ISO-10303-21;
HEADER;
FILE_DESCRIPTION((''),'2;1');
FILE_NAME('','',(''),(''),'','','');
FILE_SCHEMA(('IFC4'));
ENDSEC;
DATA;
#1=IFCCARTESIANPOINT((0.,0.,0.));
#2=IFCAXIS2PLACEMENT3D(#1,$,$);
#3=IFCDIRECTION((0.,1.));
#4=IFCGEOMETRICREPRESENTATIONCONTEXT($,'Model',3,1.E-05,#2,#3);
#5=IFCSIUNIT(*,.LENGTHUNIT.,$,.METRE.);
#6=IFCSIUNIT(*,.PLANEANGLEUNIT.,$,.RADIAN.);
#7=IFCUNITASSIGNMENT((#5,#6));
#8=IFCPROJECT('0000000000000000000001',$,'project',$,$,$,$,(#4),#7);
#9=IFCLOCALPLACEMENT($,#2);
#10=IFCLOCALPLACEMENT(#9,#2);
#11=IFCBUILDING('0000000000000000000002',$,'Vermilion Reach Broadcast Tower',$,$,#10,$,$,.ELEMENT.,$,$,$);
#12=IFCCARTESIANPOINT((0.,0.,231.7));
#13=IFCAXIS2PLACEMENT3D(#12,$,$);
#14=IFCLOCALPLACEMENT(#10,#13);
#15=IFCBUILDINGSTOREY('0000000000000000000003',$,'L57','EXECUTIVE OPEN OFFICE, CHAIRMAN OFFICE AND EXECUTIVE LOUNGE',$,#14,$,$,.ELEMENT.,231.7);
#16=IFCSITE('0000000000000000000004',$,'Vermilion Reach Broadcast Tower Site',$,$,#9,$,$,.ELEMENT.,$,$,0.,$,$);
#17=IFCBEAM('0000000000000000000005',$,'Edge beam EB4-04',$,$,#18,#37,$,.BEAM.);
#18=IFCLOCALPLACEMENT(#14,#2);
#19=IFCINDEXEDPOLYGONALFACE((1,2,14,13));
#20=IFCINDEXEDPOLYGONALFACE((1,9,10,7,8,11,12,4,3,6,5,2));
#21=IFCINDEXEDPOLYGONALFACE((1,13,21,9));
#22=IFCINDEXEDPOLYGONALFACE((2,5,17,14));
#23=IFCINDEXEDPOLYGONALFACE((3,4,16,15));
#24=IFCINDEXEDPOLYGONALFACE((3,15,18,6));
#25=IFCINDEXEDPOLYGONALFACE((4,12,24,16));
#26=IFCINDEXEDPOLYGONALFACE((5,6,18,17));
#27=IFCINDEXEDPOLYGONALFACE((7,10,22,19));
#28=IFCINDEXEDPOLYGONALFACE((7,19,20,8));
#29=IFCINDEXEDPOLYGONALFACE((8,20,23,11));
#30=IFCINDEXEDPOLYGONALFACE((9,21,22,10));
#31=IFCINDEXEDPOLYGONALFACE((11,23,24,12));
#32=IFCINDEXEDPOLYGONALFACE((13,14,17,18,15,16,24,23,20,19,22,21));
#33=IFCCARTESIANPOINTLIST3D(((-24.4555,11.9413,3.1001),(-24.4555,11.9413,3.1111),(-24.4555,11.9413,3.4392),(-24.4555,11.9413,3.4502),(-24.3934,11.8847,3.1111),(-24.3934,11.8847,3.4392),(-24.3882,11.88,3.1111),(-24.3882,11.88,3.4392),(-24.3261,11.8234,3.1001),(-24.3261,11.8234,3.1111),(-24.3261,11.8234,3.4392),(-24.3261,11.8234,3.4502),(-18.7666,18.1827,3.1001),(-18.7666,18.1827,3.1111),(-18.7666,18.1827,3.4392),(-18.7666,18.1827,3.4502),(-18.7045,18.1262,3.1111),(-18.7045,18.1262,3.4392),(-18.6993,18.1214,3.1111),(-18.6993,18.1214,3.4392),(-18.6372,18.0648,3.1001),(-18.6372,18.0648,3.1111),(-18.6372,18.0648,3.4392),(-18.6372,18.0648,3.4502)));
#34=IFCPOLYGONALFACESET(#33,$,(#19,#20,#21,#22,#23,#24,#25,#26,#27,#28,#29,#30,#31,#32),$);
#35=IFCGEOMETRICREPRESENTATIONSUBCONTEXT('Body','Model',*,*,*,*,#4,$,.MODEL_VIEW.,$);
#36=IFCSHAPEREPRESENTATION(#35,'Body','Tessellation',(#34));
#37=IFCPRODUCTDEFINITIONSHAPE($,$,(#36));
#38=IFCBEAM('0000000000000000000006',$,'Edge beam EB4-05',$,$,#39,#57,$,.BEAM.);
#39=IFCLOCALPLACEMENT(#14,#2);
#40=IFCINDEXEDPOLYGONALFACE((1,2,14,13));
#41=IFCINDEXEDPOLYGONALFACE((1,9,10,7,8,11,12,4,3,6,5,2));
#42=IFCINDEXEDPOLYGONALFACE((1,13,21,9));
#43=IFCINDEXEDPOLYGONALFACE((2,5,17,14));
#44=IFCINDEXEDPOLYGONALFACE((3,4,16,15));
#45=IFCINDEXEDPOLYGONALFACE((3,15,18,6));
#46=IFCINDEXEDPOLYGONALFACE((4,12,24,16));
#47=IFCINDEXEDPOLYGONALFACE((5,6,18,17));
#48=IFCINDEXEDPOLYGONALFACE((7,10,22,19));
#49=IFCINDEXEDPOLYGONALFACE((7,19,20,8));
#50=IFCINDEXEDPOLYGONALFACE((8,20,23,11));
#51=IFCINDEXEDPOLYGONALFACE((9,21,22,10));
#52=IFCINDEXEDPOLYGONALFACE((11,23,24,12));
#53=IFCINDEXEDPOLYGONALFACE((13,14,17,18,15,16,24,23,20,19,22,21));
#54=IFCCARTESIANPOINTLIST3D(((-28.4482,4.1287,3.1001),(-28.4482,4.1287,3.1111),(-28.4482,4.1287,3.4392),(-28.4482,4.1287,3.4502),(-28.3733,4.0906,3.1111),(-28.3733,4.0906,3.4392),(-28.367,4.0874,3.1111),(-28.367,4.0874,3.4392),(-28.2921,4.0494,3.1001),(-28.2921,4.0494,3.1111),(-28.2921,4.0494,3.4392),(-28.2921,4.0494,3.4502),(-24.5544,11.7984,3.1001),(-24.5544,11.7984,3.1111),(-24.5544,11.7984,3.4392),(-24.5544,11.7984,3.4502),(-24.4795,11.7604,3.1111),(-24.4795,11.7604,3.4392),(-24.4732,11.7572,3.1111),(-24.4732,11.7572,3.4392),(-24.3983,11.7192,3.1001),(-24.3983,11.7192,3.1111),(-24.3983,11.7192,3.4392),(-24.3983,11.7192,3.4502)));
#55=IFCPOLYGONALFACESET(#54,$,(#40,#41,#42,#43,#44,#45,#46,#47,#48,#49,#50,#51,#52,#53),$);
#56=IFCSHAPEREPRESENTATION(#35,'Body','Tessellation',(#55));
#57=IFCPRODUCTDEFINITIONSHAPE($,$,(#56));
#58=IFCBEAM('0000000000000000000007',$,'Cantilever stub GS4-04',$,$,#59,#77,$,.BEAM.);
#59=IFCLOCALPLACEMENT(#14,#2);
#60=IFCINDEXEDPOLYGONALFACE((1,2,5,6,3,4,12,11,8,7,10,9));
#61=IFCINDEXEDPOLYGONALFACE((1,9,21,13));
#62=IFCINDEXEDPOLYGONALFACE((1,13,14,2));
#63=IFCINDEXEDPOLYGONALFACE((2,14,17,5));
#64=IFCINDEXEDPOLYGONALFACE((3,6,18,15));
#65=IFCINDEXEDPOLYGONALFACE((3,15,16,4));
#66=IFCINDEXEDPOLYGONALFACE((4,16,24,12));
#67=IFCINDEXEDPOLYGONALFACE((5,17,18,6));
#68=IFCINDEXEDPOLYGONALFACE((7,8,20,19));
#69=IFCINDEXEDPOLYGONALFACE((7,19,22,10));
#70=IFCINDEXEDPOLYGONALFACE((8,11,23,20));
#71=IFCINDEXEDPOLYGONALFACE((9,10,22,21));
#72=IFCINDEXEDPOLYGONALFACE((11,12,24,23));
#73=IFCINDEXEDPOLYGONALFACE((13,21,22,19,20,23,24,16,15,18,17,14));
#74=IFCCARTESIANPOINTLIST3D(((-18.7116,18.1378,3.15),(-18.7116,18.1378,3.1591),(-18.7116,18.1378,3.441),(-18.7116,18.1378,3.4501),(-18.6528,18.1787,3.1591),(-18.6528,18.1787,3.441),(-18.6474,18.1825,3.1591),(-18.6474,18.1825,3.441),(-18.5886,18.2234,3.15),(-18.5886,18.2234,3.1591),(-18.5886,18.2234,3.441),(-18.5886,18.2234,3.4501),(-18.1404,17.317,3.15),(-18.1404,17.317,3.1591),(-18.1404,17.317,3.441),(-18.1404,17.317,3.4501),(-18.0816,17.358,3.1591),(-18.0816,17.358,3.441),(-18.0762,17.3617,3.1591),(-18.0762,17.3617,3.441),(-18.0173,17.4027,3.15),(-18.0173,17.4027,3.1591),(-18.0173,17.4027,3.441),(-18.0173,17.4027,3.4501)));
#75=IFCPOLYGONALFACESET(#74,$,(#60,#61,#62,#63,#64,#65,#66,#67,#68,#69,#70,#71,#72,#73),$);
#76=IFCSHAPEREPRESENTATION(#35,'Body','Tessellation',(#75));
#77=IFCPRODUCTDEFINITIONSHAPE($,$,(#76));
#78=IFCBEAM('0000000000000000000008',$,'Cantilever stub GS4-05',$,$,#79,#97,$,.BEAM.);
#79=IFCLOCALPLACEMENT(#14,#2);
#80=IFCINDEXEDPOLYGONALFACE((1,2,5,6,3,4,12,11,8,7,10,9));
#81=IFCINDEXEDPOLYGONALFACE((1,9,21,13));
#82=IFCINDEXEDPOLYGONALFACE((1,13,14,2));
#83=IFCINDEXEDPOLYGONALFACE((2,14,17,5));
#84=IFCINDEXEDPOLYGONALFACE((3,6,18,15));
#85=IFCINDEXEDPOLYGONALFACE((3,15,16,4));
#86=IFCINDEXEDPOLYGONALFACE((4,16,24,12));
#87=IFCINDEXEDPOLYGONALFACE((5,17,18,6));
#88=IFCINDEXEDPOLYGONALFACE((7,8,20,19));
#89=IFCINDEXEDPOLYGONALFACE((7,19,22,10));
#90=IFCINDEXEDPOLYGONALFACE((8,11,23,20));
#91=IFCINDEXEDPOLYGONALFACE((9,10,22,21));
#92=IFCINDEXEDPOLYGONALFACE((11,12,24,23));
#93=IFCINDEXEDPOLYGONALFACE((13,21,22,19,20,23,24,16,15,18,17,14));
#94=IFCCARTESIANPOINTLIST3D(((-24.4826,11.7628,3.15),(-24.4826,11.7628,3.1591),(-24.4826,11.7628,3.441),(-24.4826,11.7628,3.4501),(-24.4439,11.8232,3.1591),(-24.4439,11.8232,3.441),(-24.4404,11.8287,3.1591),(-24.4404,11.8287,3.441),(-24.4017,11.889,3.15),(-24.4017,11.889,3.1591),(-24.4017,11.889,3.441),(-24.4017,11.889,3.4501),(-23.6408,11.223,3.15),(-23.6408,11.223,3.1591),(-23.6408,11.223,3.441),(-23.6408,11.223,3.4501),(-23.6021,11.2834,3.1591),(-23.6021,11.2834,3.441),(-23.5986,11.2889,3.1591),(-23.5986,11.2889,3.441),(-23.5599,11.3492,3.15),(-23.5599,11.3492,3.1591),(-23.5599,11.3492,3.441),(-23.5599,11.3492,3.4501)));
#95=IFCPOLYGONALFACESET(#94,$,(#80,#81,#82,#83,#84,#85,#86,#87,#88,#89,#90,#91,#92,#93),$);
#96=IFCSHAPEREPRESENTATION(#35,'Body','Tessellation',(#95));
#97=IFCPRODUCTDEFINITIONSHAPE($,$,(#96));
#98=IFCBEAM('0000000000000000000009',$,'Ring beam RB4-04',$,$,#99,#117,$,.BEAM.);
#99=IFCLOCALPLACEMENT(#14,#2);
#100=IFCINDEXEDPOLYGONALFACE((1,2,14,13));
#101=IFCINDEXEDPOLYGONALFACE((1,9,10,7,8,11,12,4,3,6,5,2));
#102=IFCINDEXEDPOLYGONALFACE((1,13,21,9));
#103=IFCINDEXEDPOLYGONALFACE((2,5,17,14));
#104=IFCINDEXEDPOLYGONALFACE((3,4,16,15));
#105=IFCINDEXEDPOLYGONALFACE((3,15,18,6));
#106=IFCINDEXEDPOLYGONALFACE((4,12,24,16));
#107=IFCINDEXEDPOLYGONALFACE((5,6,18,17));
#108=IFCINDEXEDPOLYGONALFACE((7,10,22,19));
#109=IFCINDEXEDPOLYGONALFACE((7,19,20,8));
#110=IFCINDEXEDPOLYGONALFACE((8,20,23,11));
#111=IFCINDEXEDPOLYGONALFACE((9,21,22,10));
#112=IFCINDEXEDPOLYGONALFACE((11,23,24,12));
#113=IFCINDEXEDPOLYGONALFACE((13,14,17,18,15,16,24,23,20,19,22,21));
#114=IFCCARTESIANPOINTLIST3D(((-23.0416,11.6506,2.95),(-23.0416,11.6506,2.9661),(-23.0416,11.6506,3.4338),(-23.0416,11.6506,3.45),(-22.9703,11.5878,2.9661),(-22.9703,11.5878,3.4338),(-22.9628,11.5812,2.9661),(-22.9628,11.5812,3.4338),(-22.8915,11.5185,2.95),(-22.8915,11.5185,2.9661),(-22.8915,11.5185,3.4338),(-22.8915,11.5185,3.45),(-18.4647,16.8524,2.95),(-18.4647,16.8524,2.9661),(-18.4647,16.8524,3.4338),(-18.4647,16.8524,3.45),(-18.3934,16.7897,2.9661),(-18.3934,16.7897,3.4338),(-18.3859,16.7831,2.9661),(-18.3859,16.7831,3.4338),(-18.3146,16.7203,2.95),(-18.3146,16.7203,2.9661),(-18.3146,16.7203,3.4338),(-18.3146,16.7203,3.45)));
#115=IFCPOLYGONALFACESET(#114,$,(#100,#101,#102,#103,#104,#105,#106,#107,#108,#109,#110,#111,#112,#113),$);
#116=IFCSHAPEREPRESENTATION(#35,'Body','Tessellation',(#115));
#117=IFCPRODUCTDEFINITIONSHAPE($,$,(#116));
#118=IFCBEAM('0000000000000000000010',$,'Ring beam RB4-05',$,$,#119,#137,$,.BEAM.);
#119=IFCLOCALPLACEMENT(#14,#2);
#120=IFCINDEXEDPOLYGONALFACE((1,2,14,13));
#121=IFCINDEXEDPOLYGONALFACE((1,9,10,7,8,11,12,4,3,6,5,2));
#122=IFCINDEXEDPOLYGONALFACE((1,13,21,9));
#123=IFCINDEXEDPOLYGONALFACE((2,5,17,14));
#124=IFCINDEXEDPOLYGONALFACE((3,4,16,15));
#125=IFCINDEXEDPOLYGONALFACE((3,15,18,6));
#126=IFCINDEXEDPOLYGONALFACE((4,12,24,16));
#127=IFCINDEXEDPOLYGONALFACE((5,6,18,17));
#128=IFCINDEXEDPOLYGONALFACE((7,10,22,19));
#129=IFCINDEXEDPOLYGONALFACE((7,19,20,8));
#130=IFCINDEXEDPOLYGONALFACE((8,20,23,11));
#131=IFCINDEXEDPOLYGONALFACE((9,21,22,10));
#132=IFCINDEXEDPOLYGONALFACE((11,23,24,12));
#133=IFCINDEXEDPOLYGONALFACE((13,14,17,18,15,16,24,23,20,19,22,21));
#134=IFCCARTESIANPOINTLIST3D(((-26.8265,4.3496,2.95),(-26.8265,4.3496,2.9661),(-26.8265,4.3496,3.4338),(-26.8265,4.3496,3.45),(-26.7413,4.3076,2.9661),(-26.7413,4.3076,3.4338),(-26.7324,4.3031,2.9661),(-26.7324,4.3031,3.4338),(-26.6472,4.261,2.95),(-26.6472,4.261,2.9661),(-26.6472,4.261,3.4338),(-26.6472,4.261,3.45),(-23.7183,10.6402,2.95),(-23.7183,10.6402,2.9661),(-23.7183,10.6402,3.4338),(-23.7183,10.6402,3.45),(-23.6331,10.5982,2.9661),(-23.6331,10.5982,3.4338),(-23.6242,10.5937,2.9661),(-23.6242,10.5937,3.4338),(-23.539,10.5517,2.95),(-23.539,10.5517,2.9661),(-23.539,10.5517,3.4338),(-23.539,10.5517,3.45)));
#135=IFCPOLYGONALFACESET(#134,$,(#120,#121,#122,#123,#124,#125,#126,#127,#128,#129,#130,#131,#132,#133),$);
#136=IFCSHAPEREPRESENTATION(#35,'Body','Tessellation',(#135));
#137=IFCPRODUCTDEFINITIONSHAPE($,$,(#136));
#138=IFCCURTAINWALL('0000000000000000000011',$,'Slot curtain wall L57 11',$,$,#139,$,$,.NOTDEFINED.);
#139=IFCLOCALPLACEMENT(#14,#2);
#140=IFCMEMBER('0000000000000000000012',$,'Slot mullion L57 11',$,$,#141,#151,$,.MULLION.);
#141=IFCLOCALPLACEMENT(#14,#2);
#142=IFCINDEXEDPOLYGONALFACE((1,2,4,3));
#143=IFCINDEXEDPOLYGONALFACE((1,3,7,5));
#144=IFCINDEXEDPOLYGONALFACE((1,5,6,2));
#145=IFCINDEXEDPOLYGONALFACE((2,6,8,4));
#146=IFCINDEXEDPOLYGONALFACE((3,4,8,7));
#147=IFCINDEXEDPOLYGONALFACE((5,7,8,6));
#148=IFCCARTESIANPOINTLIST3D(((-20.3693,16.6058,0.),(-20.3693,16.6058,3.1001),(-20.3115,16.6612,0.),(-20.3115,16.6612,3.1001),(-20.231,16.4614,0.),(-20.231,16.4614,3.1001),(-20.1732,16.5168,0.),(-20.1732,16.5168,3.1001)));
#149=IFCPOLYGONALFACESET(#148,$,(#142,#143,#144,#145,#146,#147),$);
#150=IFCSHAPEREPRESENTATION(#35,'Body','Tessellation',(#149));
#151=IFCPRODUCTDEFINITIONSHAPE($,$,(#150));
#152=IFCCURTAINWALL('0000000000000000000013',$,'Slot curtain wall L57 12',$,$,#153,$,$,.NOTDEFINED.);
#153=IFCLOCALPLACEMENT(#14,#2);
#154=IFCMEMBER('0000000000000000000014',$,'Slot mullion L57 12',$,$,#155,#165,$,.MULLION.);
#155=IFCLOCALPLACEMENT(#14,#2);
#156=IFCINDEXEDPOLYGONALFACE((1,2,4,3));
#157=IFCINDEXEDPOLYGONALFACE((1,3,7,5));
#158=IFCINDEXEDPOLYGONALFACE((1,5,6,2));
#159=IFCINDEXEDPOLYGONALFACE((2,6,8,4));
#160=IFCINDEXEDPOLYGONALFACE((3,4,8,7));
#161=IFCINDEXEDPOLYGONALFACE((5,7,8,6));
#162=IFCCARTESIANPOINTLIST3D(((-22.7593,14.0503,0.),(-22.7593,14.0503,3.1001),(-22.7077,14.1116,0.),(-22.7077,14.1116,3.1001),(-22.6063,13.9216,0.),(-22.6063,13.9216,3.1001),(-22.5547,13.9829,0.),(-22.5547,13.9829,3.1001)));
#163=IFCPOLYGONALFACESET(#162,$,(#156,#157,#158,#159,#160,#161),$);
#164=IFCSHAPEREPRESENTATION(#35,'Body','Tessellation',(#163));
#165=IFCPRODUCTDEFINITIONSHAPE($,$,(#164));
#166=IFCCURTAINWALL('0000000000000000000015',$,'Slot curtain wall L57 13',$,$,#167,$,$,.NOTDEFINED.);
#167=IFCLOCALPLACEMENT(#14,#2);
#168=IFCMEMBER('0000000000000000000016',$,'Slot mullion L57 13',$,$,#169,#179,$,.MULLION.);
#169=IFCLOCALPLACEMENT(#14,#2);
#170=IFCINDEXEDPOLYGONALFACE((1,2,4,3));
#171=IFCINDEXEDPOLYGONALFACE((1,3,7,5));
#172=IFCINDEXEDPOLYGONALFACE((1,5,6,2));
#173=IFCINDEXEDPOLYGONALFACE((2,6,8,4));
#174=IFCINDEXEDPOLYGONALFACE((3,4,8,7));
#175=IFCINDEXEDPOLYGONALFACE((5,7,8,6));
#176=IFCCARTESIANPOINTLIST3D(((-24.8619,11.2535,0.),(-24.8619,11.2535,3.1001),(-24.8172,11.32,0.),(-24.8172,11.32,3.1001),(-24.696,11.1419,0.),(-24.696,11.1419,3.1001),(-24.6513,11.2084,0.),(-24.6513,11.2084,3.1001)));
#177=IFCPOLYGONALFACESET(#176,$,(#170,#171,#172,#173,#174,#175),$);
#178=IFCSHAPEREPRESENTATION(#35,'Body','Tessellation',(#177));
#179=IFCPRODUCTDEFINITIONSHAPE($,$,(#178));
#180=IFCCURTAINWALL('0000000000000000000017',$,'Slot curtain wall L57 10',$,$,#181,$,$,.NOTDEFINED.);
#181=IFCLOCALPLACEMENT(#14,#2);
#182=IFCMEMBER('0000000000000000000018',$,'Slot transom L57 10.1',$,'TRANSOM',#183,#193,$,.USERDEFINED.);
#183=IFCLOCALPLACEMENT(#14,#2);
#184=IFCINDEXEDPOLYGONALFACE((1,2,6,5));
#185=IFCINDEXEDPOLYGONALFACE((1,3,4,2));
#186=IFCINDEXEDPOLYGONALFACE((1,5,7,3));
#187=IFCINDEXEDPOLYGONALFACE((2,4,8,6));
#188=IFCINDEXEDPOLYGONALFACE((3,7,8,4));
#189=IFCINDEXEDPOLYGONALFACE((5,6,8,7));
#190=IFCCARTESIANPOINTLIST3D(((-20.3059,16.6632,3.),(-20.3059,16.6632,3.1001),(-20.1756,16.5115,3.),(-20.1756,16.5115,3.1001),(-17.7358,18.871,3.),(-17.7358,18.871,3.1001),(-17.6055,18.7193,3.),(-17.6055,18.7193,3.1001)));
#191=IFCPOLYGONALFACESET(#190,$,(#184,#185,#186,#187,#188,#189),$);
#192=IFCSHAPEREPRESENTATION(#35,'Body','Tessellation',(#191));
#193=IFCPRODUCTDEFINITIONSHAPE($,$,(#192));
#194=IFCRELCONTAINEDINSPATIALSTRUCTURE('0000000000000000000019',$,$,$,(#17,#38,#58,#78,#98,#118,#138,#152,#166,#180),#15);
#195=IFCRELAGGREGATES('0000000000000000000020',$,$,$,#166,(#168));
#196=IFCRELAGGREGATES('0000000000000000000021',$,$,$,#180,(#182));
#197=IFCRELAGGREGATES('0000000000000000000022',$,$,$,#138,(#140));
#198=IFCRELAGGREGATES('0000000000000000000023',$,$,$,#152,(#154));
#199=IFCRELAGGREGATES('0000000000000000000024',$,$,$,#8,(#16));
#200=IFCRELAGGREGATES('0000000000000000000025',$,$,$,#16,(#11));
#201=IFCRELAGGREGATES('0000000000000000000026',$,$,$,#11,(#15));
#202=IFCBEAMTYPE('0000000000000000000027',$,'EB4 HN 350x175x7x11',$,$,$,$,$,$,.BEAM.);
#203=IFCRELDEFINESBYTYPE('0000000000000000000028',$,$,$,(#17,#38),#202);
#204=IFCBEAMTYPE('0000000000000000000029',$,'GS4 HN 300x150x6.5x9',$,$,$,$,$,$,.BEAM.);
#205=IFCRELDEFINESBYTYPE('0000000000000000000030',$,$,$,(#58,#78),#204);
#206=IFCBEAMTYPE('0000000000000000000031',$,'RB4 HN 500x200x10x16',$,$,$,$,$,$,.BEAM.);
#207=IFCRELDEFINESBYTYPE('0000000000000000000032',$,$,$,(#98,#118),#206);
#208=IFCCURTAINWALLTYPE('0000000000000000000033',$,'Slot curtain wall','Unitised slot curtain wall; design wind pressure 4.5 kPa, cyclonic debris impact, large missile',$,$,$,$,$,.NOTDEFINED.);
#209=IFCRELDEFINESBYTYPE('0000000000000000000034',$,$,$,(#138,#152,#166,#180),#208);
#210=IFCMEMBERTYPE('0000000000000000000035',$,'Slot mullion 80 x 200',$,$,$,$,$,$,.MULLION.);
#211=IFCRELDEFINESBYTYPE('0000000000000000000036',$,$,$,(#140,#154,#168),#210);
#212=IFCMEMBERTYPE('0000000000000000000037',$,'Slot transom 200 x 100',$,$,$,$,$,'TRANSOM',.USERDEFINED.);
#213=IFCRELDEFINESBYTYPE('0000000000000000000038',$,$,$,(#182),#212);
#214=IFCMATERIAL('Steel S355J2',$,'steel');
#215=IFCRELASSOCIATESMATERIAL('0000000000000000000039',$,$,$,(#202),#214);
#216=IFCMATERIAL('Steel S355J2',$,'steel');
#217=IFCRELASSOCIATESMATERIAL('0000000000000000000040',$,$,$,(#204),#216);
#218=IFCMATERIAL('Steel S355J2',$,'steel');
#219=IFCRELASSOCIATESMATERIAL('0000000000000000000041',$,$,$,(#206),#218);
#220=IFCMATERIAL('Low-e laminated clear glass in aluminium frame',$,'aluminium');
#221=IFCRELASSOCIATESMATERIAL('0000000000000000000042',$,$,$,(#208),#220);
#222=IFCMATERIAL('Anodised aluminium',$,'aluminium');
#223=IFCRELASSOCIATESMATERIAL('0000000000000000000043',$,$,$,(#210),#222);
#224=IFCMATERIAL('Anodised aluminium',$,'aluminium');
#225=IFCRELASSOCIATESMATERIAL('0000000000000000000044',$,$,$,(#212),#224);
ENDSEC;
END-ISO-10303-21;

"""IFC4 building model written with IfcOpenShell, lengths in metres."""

from ifc_helpers import new_model, si_unit, direction, frame, origin, origin_2d, place, context, subcontext, project, spatial, rectangle, i_section, extrude, material, material_profile, profile_set, type_object, element, aggregate, save


model = new_model("IFC4")

# Units and contexts
model_context = context("Model", 3, precision=1e-05, world=origin(), true_north=direction((0.0, 1.0)))
body_context = subcontext(model_context, "Body", "Model", "MODEL_VIEW")
ifc_project = project(units=[si_unit("LENGTHUNIT", "METRE"), si_unit("PLANEANGLEUNIT", "RADIAN")], contexts=[model_context])

# Site, building, storey
site_placement = place(None, origin())
site = spatial("IfcSite", under=ifc_project, at=site_placement, Name="Vermilion Reach Broadcast Tower Site", CompositionType="ELEMENT", RefElevation=0.0)
building_placement = place(site_placement, origin())
building = spatial("IfcBuilding", under=site, at=building_placement, Name="Vermilion Reach Broadcast Tower", CompositionType="ELEMENT")
storey_placement = place(building_placement, frame((0.0, 0.0, 231.7)))
storey = spatial("IfcBuildingStorey", under=building, at=storey_placement, Name="L57", Description="EXECUTIVE OPEN OFFICE, CHAIRMAN OFFICE AND EXECUTIVE LOUNGE", CompositionType="ELEMENT", Elevation=231.7)

# Beams
ifc_material_1 = material(Name="Steel S355J2", Category="steel")
ifc_material_profile_1 = material_profile(ifc_material_1, i_section(OverallWidth=0.175, OverallDepth=0.3501, WebThickness=0.0071, FlangeThickness=0.011, at=origin_2d()), Name="S355J2 HN 350x175x7x11")
ifc_profile_set_1 = profile_set([ifc_material_profile_1], Name="Steel S355J2")
beam_type_1 = type_object("IfcBeamType", Name="EB4 HN 350x175x7x11", PredefinedType="BEAM", material=ifc_profile_set_1)
beam_1_placement = place(storey_placement, frame((-18.7019, 18.1238, 3.2751), z_axis=(-0.673639, -0.73906, 0.0), x_axis=(0.73906, -0.673639, 0.0)))
element("IfcBeam", 1, at=beam_1_placement, inside=storey, type_object=beam_type_1, Name="Edge beam EB4-04", PredefinedType="BEAM", context=body_context, shape_type="SweptSolid", body=[
    extrude(i_section(OverallWidth=0.175, OverallDepth=0.3501, WebThickness=0.0071, FlangeThickness=0.011, at=origin_2d()), origin(), (0.0, 0.0, 1.0), 8.4451),
])
beam_2_placement = place(storey_placement, frame((-24.4763, 11.7588, 3.2751), z_axis=(-0.452689, -0.891669, 0.0), x_axis=(0.891669, -0.452689, 0.0)))
element("IfcBeam", 2, at=beam_2_placement, inside=storey, type_object=beam_type_1, Name="Edge beam EB4-05", PredefinedType="BEAM", context=body_context, shape_type="SweptSolid", body=[
    extrude(i_section(OverallWidth=0.175, OverallDepth=0.3501, WebThickness=0.0071, FlangeThickness=0.011, at=origin_2d()), origin(), (0.0, 0.0, 1.0), 8.6016),
])
ifc_material_2 = material(Name="Steel S355J2", Category="steel")
ifc_material_profile_2 = material_profile(ifc_material_2, i_section(OverallWidth=0.1499, OverallDepth=0.3, WebThickness=0.0066, FlangeThickness=0.009, at=origin_2d()), Name="S355J2 HN 300x150x6.5x9")
ifc_profile_set_2 = profile_set([ifc_material_profile_2], Name="Steel S355J2")
beam_type_2 = type_object("IfcBeamType", Name="GS4 HN 300x150x6.5x9", PredefinedType="BEAM", material=ifc_profile_set_2)
for number, where, z_axis, x_axis, name in (
    (3, (-18.0789, 17.3599, 3.3), (-0.571265, 0.820766, 0.0), (-0.820766, -0.571265, 0.0), "Cantilever stub GS4-04"),
    (4, (-23.6003, 11.2861, 3.3), (-0.841797, 0.539795, 0.0), (-0.539795, -0.841797, 0.0), "Cantilever stub GS4-05"),
):
    element("IfcBeam", number, at=place(storey_placement, frame(where, z_axis=z_axis, x_axis=x_axis)), inside=storey, type_object=beam_type_2, Name=name, PredefinedType="BEAM", context=body_context, shape_type="SweptSolid", body=[
        extrude(i_section(OverallWidth=0.1499, OverallDepth=0.3, WebThickness=0.0066, FlangeThickness=0.009, at=origin_2d()), origin(), (0.0, 0.0, 1.0), 1.0),
    ])
ifc_material_3 = material(Name="Steel S355J2", Category="steel")
ifc_material_profile_3 = material_profile(ifc_material_3, i_section(OverallWidth=0.2, OverallDepth=0.5, WebThickness=0.01, FlangeThickness=0.0161, at=origin_2d()), Name="S355J2 HN 500x200x10x16")
ifc_profile_set_3 = profile_set([ifc_material_profile_3], Name="Steel S355J2")
beam_type_3 = type_object("IfcBeamType", Name="RB4 HN 500x200x10x16", PredefinedType="BEAM", material=ifc_profile_set_3)
beam_3_placement = place(storey_placement, frame((-18.3896, 16.7864, 3.2), z_axis=(-0.660565, -0.750769, 0.0), x_axis=(0.750769, -0.660565, 0.0)))
element("IfcBeam", 5, at=beam_3_placement, inside=storey, type_object=beam_type_3, Name="Ring beam RB4-04", PredefinedType="BEAM", context=body_context, shape_type="SweptSolid", body=[
    extrude(i_section(OverallWidth=0.2, OverallDepth=0.5, WebThickness=0.01, FlangeThickness=0.0161, at=origin_2d()), origin(), (0.0, 0.0, 1.0), 6.9287),
])
beam_4_placement = place(storey_placement, frame((-23.6287, 10.5959, 3.2), z_axis=(-0.442977, -0.896533, 0.0), x_axis=(0.896533, -0.442977, 0.0)))
element("IfcBeam", 6, at=beam_4_placement, inside=storey, type_object=beam_type_3, Name="Ring beam RB4-05", PredefinedType="BEAM", context=body_context, shape_type="SweptSolid", body=[
    extrude(i_section(OverallWidth=0.2, OverallDepth=0.5, WebThickness=0.01, FlangeThickness=0.0161, at=origin_2d()), origin(), (0.0, 0.0, 1.0), 7.0166),
])

# Curtain walls, members
ifc_material_4 = material(Name="Low-e laminated clear glass in aluminium frame", Category="aluminium")
curtain_wall_type = type_object("IfcCurtainWallType", Name="Slot curtain wall", Description="Unitised slot curtain wall; design wind pressure 4.5 kPa, cyclonic debris impact, large missile", PredefinedType="NOTDEFINED", material=ifc_material_4)
placement = place(storey_placement, origin())
curtain_wall_1 = element("IfcCurtainWall", 7, at=placement, inside=storey, type_object=curtain_wall_type, Name="Slot curtain wall L57 11", PredefinedType="NOTDEFINED")
ifc_material_5 = material(Name="Anodised aluminium", Category="aluminium")
ifc_material_profile_4 = material_profile(ifc_material_5, rectangle(XDim=0.2, YDim=0.0801, at=origin_2d()), Name="Slot mullion 80 x 200")
ifc_profile_set_4 = profile_set([ifc_material_profile_4], Name="Anodised aluminium")
member_type_1 = type_object("IfcMemberType", Name="Slot mullion 80 x 200", PredefinedType="MULLION", material=ifc_profile_set_4)
member_1_placement = place(storey_placement, frame((-20.2712, 16.5613, 0.0), z_axis=(0.0, 0.0, 1.0), x_axis=(0.691564, -0.722315, 0.0)))
member_1 = element("IfcMember", 8, at=member_1_placement, type_object=member_type_1, Name="Slot mullion L57 11", PredefinedType="MULLION", context=body_context, shape_type="SweptSolid", body=[
    extrude(rectangle(XDim=0.2, YDim=0.0801, at=origin_2d()), origin(), (0.0, 0.0, 1.0), 3.1001),
])
curtain_wall_2 = element("IfcCurtainWall", 9, at=placement, inside=storey, type_object=curtain_wall_type, Name="Slot curtain wall L57 12", PredefinedType="NOTDEFINED")
member_2_placement = place(storey_placement, frame((-22.657, 14.0166, 0.0), z_axis=(0.0, 0.0, 1.0), x_axis=(0.765146, -0.643857, 0.0)))
member_2 = element("IfcMember", 10, at=member_2_placement, type_object=member_type_1, Name="Slot mullion L57 12", PredefinedType="MULLION", context=body_context, shape_type="SweptSolid", body=[
    extrude(rectangle(XDim=0.2, YDim=0.0801, at=origin_2d()), origin(), (0.0, 0.0, 1.0), 3.1001),
])
curtain_wall_3 = element("IfcCurtainWall", 11, at=placement, inside=storey, type_object=curtain_wall_type, Name="Slot curtain wall L57 13", PredefinedType="NOTDEFINED")
member_3_placement = place(storey_placement, frame((-24.7566, 11.231, 0.0), z_axis=(0.0, 0.0, 1.0), x_axis=(0.829875, -0.557949, 0.0)))
member_3 = element("IfcMember", 12, at=member_3_placement, type_object=member_type_1, Name="Slot mullion L57 13", PredefinedType="MULLION", context=body_context, shape_type="SweptSolid", body=[
    extrude(rectangle(XDim=0.2, YDim=0.0801, at=origin_2d()), origin(), (0.0, 0.0, 1.0), 3.1001),
])
curtain_wall_4 = element("IfcCurtainWall", 13, at=placement, inside=storey, type_object=curtain_wall_type, Name="Slot curtain wall L57 10", PredefinedType="NOTDEFINED")
ifc_material_6 = material(Name="Anodised aluminium", Category="aluminium")
ifc_material_profile_5 = material_profile(ifc_material_6, rectangle(XDim=0.2, YDim=0.1001, at=origin_2d()), Name="Slot transom 200 x 100")
ifc_profile_set_5 = profile_set([ifc_material_profile_5], Name="Anodised aluminium")
member_type_2 = type_object("IfcMemberType", Name="Slot transom 200 x 100", ElementType="TRANSOM", PredefinedType="USERDEFINED", material=ifc_profile_set_5)
member_4_placement = place(storey_placement, frame((-17.6707, 18.7952, 3.05), z_axis=(-0.758549, -0.651616, 0.0), x_axis=(0.651616, -0.758549, 0.0)))
member_4 = element("IfcMember", 14, at=member_4_placement, type_object=member_type_2, Name="Slot transom L57 10.1", ObjectType="TRANSOM", PredefinedType="USERDEFINED", context=body_context, shape_type="SweptSolid", body=[
    extrude(rectangle(XDim=0.2, YDim=0.1001, at=origin_2d()), origin(), (0.0, 0.0, 1.0), 3.3882),
])

aggregate(curtain_wall_3, [member_3])

aggregate(curtain_wall_4, [member_4])
aggregate(curtain_wall_1, [member_1])
aggregate(curtain_wall_2, [member_2])

save(model, "model.ifc")
